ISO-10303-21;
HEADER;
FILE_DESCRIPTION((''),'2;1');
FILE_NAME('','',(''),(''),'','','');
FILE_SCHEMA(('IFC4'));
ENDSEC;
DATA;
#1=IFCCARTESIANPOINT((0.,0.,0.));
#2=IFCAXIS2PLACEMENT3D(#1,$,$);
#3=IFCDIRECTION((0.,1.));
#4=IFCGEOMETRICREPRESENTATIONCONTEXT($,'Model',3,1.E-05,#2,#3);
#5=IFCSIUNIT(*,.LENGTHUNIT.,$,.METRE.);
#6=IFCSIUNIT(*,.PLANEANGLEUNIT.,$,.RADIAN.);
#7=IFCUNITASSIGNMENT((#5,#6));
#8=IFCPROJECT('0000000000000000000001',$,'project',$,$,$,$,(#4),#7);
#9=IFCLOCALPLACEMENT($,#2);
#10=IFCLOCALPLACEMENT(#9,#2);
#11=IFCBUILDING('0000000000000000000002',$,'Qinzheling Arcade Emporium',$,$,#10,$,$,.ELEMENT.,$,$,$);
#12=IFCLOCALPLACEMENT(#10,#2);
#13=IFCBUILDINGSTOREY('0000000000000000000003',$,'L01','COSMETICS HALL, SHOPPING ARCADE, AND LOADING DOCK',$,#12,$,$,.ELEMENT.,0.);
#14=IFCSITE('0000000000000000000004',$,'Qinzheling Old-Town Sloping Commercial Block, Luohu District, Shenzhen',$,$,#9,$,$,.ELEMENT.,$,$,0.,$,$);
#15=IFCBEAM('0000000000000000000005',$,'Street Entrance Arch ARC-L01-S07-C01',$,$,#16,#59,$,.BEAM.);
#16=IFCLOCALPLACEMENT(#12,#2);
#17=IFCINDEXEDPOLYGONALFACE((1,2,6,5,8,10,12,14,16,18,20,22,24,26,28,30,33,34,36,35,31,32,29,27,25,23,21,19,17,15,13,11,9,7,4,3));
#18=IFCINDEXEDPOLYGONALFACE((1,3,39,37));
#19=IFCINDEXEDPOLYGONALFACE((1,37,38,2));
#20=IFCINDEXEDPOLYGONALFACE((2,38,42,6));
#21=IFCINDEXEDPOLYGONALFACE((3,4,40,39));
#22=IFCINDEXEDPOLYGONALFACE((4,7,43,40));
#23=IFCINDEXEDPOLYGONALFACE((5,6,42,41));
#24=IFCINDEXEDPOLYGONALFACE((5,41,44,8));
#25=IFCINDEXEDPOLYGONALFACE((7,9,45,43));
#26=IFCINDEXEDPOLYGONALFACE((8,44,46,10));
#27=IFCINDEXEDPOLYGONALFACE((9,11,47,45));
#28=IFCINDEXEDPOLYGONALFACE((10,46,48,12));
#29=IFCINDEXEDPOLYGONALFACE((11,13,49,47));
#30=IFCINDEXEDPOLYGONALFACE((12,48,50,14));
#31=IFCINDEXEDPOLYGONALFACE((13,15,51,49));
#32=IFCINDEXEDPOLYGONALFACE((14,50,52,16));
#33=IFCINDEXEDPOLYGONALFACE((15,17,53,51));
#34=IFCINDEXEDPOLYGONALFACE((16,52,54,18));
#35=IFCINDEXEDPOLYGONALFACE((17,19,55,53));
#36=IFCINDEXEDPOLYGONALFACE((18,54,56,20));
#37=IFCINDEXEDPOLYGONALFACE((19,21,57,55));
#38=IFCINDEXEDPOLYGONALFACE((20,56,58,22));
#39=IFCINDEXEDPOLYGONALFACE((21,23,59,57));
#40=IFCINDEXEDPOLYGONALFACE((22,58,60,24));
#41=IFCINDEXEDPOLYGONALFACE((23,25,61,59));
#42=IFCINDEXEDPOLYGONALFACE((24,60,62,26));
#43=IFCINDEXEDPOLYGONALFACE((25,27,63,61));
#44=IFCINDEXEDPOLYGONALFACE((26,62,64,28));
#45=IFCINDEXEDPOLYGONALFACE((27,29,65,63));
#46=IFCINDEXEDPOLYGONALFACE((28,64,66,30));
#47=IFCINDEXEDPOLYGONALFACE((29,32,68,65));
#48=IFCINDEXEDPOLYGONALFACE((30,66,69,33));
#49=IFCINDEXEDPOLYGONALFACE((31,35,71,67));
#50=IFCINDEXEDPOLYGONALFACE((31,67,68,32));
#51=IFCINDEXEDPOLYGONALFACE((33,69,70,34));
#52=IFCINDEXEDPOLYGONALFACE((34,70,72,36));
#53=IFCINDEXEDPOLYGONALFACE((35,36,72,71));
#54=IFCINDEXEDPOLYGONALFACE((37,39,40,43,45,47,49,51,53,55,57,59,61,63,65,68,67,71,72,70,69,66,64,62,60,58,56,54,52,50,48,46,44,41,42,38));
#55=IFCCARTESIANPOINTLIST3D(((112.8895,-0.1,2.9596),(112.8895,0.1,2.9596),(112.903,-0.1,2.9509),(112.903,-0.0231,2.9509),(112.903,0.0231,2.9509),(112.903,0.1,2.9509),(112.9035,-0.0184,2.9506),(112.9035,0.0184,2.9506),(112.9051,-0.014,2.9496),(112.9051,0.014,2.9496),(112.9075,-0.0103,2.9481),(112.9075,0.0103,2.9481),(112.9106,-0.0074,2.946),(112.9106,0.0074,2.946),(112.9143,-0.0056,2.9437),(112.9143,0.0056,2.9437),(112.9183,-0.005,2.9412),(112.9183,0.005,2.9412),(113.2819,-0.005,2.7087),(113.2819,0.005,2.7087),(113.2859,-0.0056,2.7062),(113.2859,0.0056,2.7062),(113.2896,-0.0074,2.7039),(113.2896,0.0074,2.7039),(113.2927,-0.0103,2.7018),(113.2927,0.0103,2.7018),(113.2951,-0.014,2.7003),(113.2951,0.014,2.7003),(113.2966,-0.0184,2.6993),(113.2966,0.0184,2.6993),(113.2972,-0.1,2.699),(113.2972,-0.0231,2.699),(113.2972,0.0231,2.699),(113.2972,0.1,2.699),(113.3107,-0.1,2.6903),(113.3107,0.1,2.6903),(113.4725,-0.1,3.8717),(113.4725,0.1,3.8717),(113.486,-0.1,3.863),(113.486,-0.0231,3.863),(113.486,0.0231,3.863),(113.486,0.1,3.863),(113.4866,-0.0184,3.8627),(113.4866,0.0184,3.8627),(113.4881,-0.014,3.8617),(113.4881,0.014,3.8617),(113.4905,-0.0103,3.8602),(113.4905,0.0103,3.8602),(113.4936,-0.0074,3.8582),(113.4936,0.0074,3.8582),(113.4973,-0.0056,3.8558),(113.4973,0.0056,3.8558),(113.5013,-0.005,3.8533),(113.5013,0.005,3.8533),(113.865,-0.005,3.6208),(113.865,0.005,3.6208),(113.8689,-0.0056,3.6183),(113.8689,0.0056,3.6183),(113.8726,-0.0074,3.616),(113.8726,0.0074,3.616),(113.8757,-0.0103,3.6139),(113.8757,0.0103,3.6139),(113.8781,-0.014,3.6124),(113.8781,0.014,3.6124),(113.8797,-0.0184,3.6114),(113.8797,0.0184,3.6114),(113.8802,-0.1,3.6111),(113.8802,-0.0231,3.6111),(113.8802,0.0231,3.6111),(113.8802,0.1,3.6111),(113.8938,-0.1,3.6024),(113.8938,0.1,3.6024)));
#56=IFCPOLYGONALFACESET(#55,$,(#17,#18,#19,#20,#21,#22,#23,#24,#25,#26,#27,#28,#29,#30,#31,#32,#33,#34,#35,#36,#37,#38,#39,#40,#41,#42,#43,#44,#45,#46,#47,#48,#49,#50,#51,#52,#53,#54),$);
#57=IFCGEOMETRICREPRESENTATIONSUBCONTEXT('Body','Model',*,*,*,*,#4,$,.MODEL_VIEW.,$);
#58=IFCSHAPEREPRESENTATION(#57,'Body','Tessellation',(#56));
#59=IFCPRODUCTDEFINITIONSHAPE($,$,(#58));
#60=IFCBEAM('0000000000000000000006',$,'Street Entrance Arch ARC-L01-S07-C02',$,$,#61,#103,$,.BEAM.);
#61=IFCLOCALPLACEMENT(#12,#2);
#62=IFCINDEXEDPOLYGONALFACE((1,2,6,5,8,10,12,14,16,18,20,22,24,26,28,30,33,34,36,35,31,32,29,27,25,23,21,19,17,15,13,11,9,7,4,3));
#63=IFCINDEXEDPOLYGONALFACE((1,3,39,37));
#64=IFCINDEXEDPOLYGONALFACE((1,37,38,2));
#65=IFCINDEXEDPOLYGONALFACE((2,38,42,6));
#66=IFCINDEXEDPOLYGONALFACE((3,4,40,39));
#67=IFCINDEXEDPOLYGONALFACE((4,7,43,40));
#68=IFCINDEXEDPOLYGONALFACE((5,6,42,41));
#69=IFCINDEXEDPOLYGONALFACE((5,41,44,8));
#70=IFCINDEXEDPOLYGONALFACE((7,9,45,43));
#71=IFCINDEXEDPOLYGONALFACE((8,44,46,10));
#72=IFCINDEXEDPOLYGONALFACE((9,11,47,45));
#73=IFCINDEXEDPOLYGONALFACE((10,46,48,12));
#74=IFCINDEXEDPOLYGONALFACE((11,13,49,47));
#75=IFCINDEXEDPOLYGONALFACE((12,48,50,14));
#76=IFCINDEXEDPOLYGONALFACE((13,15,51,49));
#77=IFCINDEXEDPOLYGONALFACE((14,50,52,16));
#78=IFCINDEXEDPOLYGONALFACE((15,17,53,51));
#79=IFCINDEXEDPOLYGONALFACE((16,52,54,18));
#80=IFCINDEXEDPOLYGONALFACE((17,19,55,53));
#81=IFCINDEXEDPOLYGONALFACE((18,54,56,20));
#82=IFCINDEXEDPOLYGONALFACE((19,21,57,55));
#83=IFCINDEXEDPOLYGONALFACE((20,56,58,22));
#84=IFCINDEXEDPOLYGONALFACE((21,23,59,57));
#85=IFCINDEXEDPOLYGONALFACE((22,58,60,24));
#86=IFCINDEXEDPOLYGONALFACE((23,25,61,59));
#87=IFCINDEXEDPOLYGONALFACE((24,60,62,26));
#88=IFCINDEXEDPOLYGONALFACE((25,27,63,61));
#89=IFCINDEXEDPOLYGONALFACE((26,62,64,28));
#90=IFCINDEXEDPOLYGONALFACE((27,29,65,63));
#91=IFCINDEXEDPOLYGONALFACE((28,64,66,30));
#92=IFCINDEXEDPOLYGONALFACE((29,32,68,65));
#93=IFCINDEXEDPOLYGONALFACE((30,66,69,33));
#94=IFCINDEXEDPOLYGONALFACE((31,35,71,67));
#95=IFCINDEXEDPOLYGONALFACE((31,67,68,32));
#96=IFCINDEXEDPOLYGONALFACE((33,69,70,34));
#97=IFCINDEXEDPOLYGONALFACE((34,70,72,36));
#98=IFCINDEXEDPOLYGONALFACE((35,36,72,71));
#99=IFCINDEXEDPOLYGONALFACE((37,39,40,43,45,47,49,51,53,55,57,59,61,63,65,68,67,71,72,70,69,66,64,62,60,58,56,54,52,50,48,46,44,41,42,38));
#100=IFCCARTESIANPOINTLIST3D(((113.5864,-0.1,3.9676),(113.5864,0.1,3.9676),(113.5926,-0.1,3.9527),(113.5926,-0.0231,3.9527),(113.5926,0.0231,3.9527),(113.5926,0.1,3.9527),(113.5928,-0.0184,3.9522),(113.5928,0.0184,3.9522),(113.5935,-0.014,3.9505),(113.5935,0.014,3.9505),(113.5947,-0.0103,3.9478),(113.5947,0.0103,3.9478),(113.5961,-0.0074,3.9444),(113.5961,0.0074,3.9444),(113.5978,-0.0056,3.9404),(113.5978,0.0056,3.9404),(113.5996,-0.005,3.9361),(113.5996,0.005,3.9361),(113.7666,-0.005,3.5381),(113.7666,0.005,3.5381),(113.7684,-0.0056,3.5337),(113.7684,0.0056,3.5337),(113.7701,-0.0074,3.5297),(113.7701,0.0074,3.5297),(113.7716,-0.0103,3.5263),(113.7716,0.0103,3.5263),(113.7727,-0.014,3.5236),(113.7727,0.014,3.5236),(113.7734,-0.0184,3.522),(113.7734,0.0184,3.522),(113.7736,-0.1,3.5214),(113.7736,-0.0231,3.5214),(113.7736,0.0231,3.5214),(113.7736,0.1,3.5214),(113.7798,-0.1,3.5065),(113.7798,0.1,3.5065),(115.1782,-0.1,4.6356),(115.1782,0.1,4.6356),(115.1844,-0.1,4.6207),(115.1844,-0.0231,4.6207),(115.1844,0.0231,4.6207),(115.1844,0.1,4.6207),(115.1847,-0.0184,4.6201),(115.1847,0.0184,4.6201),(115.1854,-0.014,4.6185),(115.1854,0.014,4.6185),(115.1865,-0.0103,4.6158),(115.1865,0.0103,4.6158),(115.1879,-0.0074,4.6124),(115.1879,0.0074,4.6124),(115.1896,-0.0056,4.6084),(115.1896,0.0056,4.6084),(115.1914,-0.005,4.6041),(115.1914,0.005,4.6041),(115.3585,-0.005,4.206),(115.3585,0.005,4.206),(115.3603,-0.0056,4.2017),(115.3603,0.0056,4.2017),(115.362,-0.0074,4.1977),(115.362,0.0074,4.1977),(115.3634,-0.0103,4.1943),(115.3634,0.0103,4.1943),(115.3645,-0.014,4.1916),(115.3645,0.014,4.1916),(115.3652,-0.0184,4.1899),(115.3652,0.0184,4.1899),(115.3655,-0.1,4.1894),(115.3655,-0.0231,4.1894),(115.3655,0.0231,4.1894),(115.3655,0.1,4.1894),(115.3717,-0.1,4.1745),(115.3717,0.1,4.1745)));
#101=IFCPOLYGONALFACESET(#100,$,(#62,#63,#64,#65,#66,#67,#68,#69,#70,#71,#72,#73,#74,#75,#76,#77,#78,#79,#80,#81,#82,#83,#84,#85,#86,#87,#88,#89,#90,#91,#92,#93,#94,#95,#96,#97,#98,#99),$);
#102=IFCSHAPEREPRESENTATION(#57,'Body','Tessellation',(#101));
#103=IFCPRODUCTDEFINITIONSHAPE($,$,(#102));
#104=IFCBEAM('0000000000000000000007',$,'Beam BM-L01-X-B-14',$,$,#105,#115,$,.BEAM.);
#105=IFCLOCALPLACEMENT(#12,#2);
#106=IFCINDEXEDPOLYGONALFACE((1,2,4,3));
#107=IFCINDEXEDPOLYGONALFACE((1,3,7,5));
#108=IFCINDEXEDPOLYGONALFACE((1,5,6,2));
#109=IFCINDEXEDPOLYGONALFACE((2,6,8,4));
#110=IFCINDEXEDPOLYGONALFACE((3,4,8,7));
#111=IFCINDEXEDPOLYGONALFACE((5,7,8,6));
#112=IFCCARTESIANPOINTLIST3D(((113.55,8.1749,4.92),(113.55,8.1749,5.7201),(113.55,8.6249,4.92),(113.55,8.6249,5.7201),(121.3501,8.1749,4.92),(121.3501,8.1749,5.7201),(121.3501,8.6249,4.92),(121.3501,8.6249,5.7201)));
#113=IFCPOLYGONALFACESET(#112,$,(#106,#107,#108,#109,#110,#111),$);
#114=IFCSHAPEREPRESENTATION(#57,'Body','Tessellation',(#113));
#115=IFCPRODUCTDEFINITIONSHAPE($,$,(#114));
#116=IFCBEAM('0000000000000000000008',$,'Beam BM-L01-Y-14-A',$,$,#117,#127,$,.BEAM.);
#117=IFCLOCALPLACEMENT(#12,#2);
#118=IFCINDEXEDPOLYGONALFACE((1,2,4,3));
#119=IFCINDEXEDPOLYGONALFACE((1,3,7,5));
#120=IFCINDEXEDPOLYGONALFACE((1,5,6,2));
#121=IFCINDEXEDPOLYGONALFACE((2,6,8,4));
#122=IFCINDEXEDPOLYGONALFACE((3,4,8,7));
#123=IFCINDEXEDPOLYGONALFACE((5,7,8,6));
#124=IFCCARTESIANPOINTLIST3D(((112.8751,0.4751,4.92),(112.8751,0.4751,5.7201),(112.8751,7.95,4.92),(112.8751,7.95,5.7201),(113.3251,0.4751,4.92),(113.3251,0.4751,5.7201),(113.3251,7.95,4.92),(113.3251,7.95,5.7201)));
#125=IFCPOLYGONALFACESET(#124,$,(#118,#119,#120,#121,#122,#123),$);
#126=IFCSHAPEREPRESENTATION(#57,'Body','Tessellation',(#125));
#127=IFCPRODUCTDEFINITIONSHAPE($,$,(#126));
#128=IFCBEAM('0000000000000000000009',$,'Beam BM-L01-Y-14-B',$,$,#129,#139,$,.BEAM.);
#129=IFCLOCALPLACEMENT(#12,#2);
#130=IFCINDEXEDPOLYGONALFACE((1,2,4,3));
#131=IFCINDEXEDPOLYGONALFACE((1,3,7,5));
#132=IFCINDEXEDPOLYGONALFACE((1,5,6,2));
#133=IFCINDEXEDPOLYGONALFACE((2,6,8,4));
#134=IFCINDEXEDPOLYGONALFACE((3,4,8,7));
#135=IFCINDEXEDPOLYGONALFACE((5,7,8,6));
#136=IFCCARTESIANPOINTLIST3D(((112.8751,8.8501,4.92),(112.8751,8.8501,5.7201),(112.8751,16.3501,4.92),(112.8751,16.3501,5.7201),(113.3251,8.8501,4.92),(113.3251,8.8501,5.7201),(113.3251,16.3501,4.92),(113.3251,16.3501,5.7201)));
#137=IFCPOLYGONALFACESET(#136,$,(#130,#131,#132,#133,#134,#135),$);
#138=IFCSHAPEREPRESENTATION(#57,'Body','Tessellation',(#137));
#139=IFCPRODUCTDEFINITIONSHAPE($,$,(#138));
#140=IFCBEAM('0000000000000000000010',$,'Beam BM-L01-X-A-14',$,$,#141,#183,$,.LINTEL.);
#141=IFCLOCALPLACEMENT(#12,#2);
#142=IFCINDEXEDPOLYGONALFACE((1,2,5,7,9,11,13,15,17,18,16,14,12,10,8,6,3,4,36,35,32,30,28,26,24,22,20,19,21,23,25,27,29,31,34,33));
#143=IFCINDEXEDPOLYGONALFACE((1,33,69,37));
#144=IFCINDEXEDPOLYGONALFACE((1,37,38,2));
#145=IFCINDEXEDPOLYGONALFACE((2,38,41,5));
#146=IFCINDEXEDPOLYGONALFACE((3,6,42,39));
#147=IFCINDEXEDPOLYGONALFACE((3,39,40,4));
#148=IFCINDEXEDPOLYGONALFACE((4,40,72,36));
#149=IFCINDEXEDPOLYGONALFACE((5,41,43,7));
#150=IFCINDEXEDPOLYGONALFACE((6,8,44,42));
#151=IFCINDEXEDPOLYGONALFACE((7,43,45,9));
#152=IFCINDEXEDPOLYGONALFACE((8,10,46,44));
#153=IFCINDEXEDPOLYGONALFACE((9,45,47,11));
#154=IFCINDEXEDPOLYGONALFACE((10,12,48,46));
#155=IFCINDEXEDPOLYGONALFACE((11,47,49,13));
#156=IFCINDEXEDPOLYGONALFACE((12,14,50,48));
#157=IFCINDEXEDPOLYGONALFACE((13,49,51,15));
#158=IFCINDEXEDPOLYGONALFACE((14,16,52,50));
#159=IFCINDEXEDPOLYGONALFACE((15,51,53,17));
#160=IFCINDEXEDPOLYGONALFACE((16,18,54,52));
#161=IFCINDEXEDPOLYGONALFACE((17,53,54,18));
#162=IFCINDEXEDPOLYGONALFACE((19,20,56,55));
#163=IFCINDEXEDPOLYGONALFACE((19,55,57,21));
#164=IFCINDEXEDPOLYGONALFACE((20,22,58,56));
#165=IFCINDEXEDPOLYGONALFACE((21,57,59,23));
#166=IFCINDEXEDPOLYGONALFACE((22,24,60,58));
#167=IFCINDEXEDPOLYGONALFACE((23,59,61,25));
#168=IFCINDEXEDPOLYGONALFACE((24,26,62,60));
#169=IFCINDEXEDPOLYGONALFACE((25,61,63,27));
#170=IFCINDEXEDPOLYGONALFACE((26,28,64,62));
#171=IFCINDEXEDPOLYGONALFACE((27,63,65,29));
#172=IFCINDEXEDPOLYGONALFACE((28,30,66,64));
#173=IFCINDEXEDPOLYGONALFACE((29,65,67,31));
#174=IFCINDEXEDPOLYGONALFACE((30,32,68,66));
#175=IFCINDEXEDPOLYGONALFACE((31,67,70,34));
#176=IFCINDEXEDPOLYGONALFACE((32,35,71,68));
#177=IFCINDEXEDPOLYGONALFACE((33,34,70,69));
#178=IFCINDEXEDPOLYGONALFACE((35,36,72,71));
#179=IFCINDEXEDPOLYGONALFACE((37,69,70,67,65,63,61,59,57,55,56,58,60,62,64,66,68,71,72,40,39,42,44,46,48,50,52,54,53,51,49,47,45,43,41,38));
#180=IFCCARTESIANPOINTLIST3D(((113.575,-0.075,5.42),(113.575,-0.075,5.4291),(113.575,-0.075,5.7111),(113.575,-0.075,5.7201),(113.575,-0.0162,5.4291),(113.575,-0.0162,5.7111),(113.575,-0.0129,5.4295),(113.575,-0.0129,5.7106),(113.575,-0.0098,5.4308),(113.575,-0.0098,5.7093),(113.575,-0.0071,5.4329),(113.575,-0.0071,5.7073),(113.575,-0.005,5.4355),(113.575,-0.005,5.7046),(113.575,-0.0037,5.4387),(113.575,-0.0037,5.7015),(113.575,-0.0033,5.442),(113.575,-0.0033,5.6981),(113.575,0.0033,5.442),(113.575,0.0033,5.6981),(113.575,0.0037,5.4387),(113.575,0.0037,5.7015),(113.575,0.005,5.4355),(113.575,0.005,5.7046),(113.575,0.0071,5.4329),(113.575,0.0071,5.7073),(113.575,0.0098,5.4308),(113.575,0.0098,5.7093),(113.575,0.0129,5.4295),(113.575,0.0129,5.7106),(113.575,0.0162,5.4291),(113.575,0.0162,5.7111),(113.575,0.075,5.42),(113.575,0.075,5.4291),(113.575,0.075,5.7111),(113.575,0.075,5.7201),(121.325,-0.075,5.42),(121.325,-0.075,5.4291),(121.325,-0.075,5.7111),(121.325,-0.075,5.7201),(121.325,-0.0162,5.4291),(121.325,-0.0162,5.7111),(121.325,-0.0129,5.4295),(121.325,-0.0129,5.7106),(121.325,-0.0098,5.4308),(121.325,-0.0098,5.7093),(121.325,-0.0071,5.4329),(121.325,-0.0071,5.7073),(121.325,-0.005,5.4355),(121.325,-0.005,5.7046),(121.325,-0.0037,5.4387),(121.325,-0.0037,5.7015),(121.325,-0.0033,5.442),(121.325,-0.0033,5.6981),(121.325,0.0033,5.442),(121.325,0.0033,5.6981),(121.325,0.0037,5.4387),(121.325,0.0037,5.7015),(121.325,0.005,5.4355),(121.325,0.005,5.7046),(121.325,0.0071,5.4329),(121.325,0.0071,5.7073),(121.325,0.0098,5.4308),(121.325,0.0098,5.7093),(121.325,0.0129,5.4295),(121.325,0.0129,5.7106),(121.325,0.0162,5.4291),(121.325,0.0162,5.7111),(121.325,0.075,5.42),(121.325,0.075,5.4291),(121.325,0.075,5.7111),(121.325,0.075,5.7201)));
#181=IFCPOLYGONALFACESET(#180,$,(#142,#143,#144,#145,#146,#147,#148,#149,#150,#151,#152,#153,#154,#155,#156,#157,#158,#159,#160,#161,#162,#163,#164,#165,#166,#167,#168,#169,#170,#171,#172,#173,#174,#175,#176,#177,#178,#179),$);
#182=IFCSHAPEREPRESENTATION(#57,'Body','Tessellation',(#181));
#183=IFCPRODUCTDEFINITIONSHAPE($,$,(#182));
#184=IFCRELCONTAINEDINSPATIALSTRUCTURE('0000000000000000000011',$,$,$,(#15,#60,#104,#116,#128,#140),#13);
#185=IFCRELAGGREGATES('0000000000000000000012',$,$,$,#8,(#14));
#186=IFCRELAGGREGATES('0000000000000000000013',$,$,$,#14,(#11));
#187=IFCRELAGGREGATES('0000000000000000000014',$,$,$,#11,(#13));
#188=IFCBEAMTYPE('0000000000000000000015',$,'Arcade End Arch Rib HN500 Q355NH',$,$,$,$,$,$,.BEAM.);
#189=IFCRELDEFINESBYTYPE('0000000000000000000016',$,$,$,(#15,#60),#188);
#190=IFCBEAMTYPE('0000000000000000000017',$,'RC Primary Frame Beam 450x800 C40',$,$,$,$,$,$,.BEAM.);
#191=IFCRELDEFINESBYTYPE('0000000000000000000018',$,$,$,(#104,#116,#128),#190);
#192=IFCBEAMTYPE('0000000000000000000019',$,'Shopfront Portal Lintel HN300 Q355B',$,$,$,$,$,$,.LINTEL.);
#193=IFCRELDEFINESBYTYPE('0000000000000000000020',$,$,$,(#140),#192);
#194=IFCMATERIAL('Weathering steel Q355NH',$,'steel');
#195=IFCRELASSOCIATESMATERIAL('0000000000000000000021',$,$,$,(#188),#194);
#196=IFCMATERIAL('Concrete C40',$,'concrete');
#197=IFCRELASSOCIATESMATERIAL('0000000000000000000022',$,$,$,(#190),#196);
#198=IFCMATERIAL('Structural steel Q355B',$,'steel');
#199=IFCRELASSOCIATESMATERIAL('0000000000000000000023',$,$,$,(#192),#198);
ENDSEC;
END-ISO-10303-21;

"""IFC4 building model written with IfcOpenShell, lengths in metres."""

from ifc_helpers import new_model, si_unit, direction, frame, origin, origin_2d, place, context, subcontext, project, spatial, rectangle, i_section, extrude, material, material_profile, profile_set, type_object, element, save


model = new_model("IFC4")

# Units and contexts
model_context = context("Model", 3, precision=1e-05, world=origin(), true_north=direction((0.0, 1.0)))
body_context = subcontext(model_context, "Body", "Model", "MODEL_VIEW")
ifc_project = project(units=[si_unit("LENGTHUNIT", "METRE"), si_unit("PLANEANGLEUNIT", "RADIAN")], contexts=[model_context])

# Site, building, storey
site_placement = place(None, origin())
site = spatial("IfcSite", under=ifc_project, at=site_placement, Name="Qinzheling Old-Town Sloping Commercial Block, Luohu District, Shenzhen", CompositionType="ELEMENT", RefElevation=0.0)
building_placement = place(site_placement, origin())
building = spatial("IfcBuilding", under=site, at=building_placement, Name="Qinzheling Arcade Emporium", CompositionType="ELEMENT")
storey_placement = place(building_placement, origin())
storey = spatial("IfcBuildingStorey", under=building, at=storey_placement, Name="L01", Description="COSMETICS HALL, SHOPPING ARCADE, AND LOADING DOCK", CompositionType="ELEMENT", Elevation=0.0)

# Beams
ifc_material_1 = material(Name="Weathering steel Q355NH", Category="steel")
ifc_material_profile_1 = material_profile(ifc_material_1, i_section(OverallWidth=0.2, OverallDepth=0.5, WebThickness=0.01, FlangeThickness=0.0161, FilletRadius=0.0181, at=origin_2d()), Name="HN 500x200x10x16", Category="steel")
ifc_profile_set_1 = profile_set([ifc_material_profile_1], Name="Weathering steel Q355NH")
beam_type_1 = type_object("IfcBeamType", Name="Arcade End Arch Rib HN500 Q355NH", PredefinedType="BEAM", material=ifc_profile_set_1)
for number, where, z_axis, x_axis, name in (
    (1, (113.1001, 0.0, 2.825), (0.538567, 0.0, 0.842583), (0.0, 1.0, 0.0), "Street Entrance Arch ARC-L01-S07-C01"),
):
    element("IfcBeam", number, at=place(storey_placement, frame(where, z_axis=z_axis, x_axis=x_axis)), inside=storey, type_object=beam_type_1, Name=name, PredefinedType="BEAM", context=body_context, shape_type="SweptSolid", body=[
        extrude(i_section(OverallWidth=0.2, OverallDepth=0.5, WebThickness=0.01, FlangeThickness=0.0161, FilletRadius=0.0181, at=origin_2d()), origin(), (0.0, 0.0, 1.0), 1.0825),
    ])
beam_1_placement = place(storey_placement, frame((113.6831, 0.0, 3.7371), z_axis=(0.922103, 0.0, 0.386944), x_axis=(0.0, 1.0, 0.0)))
element("IfcBeam", 2, at=beam_1_placement, inside=storey, type_object=beam_type_1, Name="Street Entrance Arch ARC-L01-S07-C02", PredefinedType="BEAM", context=body_context, shape_type="SweptSolid", body=[
    extrude(i_section(OverallWidth=0.2, OverallDepth=0.5, WebThickness=0.01, FlangeThickness=0.0161, FilletRadius=0.0181, at=origin_2d()), origin(), (0.0, 0.0, 1.0), 1.7263),
])
ifc_material_2 = material(Name="Concrete C40", Category="concrete")
ifc_material_profile_2 = material_profile(ifc_material_2, rectangle(XDim=0.45, YDim=0.8, at=origin_2d()), Name="RC 450x800", Category="concrete")
ifc_profile_set_2 = profile_set([ifc_material_profile_2], Name="Concrete C40")
beam_type_2 = type_object("IfcBeamType", Name="RC Primary Frame Beam 450x800 C40", PredefinedType="BEAM", material=ifc_profile_set_2)
beam_2_placement = place(storey_placement, frame((113.55, 8.3999, 5.3201), z_axis=(1.0, 0.0, 0.0), x_axis=(0.0, 1.0, 0.0)))
element("IfcBeam", 3, at=beam_2_placement, inside=storey, type_object=beam_type_2, Name="Beam BM-L01-X-B-14", PredefinedType="BEAM", context=body_context, shape_type="SweptSolid", body=[
    extrude(rectangle(XDim=0.45, YDim=0.8, at=origin_2d()), origin(), (0.0, 0.0, 1.0), 7.8),
])
beam_3_placement = place(storey_placement, frame((113.1001, 0.4751, 5.3201), z_axis=(0.0, 1.0, 0.0), x_axis=(-1.0, 0.0, 0.0)))
element("IfcBeam", 4, at=beam_3_placement, inside=storey, type_object=beam_type_2, Name="Beam BM-L01-Y-14-A", PredefinedType="BEAM", context=body_context, shape_type="SweptSolid", body=[
    extrude(rectangle(XDim=0.45, YDim=0.8, at=origin_2d()), origin(), (0.0, 0.0, 1.0), 7.4749),
])
beam_4_placement = place(storey_placement, frame((113.1001, 8.8501, 5.3201), z_axis=(0.0, 1.0, 0.0), x_axis=(-1.0, 0.0, 0.0)))
element("IfcBeam", 5, at=beam_4_placement, inside=storey, type_object=beam_type_2, Name="Beam BM-L01-Y-14-B", PredefinedType="BEAM", context=body_context, shape_type="SweptSolid", body=[
    extrude(rectangle(XDim=0.45, YDim=0.8, at=origin_2d()), origin(), (0.0, 0.0, 1.0), 7.5),
])
ifc_material_3 = material(Name="Structural steel Q355B", Category="steel")
ifc_material_profile_3 = material_profile(ifc_material_3, i_section(OverallWidth=0.1499, OverallDepth=0.3, WebThickness=0.0066, FlangeThickness=0.009, FilletRadius=0.0129, at=origin_2d()), Name="HN 300x150x6.5x9", Category="steel")
ifc_profile_set_3 = profile_set([ifc_material_profile_3], Name="Structural steel Q355B")
beam_type_3 = type_object("IfcBeamType", Name="Shopfront Portal Lintel HN300 Q355B", PredefinedType="LINTEL", material=ifc_profile_set_3)
beam_5_placement = place(storey_placement, frame((113.575, 0.0, 5.5701), z_axis=(1.0, 0.0, 0.0), x_axis=(0.0, 1.0, 0.0)))
element("IfcBeam", 6, at=beam_5_placement, inside=storey, type_object=beam_type_3, Name="Beam BM-L01-X-A-14", PredefinedType="LINTEL", context=body_context, shape_type="SweptSolid", body=[
    extrude(i_section(OverallWidth=0.1499, OverallDepth=0.3, WebThickness=0.0066, FlangeThickness=0.009, FilletRadius=0.0129, at=origin_2d()), origin(), (0.0, 0.0, 1.0), 7.75),
])

save(model, "model.ifc")
